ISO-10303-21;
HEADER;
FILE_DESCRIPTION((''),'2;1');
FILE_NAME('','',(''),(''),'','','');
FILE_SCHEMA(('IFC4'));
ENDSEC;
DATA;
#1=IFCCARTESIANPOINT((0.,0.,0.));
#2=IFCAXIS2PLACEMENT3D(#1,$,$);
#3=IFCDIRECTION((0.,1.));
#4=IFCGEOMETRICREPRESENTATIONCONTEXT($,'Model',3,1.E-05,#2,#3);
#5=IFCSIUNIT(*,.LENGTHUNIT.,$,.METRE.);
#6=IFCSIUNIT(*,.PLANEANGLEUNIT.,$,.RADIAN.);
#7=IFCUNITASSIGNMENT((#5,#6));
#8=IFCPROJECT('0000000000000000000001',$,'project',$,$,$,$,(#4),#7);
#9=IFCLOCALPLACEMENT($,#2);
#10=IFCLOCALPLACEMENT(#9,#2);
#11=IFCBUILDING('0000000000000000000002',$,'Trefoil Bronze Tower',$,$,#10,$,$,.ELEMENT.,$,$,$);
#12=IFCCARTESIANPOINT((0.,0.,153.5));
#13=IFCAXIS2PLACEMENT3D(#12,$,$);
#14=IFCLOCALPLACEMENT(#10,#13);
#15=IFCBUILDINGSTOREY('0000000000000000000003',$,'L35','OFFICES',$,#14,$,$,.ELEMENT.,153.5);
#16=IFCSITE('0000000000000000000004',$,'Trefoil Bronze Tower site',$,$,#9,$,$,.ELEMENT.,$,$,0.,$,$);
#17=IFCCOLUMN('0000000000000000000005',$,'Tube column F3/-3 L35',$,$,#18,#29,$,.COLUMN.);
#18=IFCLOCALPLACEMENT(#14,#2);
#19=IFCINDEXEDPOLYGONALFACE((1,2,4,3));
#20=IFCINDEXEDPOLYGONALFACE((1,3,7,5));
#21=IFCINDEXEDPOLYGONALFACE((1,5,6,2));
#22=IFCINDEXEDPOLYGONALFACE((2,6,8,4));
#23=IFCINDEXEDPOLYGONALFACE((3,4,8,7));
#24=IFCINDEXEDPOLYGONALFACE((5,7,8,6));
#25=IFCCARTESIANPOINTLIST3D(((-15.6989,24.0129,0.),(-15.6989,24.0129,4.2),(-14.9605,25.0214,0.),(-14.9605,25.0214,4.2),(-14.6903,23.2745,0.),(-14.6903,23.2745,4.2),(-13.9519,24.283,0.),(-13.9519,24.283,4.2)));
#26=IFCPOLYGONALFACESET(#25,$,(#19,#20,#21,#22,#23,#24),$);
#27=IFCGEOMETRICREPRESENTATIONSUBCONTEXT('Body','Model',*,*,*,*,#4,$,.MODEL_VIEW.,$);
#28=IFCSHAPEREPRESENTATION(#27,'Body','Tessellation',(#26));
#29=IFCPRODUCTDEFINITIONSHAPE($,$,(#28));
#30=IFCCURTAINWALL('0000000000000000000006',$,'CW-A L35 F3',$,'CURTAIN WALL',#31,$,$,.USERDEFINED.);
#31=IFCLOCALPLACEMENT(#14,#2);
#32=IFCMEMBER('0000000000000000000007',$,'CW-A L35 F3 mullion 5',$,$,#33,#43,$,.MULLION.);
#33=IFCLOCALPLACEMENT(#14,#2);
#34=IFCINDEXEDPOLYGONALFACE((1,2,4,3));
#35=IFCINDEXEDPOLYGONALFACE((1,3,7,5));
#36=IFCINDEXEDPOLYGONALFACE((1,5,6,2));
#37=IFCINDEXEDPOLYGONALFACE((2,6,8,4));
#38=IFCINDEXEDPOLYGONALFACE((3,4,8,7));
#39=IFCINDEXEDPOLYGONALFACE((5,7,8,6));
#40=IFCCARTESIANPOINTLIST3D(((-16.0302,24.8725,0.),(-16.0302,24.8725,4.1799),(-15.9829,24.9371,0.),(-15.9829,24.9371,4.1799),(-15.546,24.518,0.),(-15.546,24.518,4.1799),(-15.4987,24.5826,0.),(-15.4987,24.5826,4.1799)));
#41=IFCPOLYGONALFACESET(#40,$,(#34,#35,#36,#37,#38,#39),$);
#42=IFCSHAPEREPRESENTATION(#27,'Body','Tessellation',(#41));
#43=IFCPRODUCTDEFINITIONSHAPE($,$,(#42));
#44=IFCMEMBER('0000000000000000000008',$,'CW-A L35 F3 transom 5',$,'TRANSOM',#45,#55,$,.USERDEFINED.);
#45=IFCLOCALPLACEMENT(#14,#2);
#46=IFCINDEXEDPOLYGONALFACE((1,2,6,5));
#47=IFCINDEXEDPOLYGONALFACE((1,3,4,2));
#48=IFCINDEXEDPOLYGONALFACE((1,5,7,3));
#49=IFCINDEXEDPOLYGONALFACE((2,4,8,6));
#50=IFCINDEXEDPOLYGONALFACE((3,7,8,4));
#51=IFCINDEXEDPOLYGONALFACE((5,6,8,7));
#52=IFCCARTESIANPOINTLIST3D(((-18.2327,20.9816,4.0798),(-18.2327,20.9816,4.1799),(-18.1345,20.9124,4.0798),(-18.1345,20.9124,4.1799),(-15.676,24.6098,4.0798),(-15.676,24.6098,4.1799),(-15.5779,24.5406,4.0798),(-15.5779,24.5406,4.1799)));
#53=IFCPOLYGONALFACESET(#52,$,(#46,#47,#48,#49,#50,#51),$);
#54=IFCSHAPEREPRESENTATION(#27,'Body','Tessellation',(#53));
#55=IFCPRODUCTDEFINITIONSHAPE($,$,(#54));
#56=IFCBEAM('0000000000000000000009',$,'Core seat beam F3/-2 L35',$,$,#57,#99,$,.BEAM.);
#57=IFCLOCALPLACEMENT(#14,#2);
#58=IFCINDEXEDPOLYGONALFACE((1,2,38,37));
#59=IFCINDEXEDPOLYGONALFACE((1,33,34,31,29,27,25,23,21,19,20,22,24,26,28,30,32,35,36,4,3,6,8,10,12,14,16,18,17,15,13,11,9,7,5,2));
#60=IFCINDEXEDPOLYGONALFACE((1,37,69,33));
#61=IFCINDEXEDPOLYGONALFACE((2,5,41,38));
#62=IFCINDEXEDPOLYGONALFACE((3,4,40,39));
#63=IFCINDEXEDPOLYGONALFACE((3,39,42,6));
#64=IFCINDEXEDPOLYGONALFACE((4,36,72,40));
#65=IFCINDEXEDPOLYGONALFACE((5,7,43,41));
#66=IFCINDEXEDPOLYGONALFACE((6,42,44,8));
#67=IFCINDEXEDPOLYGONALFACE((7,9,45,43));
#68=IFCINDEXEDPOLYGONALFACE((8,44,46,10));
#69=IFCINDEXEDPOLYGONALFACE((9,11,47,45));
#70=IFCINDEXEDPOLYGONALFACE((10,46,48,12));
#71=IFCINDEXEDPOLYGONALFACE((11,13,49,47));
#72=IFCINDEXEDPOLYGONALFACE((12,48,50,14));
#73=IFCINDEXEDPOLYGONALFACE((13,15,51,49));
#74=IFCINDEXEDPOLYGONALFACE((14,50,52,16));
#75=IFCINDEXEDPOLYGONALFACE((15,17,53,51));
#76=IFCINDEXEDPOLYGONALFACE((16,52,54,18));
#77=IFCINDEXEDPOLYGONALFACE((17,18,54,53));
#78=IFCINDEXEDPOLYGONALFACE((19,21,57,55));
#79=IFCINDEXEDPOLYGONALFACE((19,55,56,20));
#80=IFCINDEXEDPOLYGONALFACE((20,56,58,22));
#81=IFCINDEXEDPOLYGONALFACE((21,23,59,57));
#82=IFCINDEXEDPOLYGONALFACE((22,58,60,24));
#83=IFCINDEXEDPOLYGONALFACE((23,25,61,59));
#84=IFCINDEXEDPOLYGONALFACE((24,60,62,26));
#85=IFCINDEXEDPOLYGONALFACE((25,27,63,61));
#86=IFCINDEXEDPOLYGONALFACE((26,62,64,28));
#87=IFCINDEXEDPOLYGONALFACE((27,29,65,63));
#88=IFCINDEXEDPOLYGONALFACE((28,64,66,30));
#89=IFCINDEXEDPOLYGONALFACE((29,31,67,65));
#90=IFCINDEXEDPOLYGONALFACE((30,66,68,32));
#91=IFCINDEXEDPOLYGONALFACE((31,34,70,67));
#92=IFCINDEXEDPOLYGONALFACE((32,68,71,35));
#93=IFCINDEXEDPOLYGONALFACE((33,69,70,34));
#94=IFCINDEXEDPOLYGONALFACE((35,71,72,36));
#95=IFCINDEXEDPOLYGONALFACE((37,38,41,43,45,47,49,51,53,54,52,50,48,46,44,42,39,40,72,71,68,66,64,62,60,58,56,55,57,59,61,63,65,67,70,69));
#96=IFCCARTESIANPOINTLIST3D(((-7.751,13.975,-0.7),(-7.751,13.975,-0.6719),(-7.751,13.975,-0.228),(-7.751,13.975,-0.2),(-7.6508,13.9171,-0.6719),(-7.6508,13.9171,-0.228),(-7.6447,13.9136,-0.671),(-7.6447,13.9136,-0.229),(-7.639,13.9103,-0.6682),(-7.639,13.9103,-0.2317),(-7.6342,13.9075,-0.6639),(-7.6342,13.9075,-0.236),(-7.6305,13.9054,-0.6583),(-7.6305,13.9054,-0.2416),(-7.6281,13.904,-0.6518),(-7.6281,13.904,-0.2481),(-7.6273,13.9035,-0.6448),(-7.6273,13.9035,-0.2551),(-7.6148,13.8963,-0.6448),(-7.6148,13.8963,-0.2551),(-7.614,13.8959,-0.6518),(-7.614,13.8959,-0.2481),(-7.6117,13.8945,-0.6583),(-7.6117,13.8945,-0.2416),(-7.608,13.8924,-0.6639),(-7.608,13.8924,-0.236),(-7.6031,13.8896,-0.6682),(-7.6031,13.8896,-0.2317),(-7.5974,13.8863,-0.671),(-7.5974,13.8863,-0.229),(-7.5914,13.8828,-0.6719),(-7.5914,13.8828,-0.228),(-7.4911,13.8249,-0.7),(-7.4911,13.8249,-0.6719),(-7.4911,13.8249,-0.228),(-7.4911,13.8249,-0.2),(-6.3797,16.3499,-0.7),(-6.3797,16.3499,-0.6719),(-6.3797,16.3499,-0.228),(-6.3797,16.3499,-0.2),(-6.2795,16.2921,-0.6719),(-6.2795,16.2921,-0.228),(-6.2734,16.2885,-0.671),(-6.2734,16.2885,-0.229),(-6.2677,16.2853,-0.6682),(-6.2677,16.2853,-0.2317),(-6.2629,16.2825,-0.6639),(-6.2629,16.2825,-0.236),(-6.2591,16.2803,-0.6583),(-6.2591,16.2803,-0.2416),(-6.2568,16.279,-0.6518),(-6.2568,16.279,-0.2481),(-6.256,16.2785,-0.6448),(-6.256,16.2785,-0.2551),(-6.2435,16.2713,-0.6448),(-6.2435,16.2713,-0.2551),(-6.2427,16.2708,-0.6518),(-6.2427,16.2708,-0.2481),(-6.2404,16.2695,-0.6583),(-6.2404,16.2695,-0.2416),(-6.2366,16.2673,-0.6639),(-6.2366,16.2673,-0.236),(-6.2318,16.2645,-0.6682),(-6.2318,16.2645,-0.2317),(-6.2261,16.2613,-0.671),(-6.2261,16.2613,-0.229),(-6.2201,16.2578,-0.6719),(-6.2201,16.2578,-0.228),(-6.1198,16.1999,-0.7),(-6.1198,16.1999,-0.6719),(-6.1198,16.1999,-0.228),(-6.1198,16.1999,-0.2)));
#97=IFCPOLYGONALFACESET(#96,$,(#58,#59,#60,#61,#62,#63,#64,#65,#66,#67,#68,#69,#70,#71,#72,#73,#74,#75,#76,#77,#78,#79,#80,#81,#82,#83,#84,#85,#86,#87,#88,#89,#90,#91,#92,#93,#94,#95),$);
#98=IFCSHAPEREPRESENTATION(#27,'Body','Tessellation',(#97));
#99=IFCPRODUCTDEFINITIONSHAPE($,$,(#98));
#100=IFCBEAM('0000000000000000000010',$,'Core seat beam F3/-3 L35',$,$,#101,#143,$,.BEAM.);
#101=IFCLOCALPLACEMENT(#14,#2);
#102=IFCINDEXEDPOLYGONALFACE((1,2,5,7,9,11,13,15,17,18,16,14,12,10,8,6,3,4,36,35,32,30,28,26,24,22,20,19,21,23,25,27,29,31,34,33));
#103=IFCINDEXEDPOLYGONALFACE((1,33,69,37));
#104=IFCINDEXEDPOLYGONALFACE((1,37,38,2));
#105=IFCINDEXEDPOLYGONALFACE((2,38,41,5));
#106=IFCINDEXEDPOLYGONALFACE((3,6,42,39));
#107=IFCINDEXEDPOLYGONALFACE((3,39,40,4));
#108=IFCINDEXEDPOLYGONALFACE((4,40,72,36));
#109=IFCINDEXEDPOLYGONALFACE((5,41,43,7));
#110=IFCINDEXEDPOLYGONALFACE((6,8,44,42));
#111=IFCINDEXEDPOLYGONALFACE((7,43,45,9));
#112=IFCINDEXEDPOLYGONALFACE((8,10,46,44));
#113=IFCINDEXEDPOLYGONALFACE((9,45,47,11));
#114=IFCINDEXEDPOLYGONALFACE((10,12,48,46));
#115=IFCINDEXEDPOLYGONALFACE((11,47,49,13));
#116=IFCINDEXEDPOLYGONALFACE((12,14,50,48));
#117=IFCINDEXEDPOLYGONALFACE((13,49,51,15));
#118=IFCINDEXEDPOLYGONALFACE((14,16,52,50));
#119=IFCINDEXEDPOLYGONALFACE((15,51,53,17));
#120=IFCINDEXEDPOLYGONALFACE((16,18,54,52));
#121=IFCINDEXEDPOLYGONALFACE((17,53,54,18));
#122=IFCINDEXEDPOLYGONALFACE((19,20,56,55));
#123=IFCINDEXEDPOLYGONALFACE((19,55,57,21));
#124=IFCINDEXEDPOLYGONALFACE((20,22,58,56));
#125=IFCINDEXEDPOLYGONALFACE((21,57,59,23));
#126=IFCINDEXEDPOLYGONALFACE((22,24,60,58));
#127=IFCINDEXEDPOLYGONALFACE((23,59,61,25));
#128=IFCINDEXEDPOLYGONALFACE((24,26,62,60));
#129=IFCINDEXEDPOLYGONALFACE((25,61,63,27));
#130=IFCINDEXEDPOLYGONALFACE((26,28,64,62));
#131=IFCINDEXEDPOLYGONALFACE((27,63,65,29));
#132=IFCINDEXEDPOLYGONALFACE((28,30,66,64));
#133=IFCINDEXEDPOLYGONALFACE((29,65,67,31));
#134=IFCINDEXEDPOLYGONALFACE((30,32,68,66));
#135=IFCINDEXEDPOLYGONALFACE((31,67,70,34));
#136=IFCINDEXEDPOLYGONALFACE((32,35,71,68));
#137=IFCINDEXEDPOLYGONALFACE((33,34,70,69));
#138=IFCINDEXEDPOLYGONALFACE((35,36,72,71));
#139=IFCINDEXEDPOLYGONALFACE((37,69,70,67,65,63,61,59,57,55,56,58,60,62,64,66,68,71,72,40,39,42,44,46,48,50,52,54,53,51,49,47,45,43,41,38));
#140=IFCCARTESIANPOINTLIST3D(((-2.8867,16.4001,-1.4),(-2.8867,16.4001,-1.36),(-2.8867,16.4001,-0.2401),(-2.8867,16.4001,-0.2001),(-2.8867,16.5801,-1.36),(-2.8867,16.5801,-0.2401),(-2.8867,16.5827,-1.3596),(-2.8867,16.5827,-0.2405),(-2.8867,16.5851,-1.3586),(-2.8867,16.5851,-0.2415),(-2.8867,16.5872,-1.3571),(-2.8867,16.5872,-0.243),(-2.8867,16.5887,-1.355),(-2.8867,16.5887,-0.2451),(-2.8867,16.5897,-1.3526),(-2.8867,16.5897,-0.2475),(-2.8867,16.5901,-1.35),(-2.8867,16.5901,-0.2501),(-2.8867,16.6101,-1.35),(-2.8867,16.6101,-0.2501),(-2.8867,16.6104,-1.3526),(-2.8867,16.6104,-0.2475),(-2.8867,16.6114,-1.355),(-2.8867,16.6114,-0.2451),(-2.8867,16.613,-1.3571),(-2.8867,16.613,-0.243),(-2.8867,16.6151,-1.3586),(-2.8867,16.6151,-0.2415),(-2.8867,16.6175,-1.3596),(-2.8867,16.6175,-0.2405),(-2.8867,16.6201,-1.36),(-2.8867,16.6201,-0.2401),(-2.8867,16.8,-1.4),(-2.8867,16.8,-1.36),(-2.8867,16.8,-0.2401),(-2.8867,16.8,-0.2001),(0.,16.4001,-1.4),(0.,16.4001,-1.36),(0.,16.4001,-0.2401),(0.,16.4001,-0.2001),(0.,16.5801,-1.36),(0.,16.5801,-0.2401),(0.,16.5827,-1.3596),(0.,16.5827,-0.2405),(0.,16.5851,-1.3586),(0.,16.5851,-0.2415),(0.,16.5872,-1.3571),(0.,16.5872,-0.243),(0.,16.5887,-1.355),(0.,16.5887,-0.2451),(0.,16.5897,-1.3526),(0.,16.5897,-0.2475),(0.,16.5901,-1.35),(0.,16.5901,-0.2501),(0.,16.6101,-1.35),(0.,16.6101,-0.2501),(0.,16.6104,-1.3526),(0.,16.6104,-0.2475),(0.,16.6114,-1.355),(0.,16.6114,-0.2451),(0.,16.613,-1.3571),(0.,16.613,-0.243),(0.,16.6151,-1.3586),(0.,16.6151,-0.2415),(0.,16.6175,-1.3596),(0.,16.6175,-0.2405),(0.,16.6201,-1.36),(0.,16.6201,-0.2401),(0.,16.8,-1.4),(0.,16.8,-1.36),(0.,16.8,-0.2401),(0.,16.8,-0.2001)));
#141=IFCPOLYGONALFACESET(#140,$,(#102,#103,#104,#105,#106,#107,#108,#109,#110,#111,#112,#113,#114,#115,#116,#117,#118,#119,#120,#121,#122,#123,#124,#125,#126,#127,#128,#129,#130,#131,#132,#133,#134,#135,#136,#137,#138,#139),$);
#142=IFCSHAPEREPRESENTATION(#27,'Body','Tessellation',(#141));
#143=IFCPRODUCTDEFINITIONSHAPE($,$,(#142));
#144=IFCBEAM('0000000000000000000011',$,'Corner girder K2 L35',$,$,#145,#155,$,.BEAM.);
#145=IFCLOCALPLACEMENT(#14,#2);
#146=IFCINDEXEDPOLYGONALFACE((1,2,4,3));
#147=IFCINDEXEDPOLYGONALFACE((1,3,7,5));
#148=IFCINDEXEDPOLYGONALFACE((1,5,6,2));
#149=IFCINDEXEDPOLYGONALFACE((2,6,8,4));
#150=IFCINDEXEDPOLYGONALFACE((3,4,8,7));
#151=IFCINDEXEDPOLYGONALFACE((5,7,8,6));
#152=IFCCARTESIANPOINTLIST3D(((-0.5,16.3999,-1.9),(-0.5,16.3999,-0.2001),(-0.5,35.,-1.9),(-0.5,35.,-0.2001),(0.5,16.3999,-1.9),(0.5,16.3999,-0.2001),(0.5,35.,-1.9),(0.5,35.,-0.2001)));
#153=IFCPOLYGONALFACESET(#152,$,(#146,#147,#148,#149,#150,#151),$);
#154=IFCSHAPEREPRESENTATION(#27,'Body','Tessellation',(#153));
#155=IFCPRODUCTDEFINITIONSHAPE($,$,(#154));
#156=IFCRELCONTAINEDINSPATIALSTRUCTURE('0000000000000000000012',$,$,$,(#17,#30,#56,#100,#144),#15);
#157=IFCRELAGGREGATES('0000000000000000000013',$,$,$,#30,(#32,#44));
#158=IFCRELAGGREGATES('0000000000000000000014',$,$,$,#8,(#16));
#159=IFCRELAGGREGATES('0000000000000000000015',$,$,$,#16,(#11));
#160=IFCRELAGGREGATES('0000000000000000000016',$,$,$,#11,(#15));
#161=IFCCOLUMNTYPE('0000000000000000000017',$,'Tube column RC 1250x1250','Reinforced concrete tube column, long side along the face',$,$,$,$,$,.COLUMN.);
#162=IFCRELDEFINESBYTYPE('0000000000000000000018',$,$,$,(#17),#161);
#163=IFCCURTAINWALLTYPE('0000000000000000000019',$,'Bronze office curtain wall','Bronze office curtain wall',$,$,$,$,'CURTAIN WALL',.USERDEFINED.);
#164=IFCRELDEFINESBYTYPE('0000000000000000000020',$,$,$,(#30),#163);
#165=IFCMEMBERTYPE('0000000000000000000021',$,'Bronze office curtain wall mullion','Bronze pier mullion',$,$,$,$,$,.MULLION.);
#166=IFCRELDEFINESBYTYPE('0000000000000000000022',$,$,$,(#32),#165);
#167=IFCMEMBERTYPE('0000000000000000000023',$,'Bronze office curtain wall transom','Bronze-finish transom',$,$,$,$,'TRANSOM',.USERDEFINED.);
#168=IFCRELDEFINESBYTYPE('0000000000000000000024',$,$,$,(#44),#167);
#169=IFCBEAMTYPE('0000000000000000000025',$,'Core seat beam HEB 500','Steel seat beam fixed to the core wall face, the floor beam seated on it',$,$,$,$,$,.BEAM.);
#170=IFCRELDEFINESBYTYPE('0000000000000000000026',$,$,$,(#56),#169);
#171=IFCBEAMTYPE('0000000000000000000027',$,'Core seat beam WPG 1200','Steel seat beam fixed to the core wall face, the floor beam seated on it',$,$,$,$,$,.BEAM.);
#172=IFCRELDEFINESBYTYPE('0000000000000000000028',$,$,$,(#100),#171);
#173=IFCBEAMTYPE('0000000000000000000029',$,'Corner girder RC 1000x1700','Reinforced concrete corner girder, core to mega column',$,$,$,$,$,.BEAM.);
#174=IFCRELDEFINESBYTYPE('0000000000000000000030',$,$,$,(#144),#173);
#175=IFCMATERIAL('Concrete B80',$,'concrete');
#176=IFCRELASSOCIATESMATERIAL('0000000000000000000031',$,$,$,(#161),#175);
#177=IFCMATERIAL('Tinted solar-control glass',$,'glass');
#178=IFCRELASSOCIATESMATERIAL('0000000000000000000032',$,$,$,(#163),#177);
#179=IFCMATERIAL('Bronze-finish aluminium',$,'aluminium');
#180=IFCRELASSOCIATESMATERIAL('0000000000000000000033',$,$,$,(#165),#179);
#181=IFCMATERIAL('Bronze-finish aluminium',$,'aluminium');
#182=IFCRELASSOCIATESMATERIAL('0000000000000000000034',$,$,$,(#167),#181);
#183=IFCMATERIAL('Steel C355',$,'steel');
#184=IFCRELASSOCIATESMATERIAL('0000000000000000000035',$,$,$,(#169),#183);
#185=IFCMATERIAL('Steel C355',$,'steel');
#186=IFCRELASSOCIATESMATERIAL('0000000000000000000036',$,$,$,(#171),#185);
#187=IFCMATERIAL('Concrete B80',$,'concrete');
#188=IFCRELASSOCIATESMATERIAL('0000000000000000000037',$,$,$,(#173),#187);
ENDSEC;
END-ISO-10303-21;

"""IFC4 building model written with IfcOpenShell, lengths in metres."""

from ifc_helpers import new_model, si_unit, direction, frame, origin, origin_2d, place, context, subcontext, project, spatial, rectangle, i_section, extrude, material, material_profile, profile_set, type_object, element, aggregate, save


model = new_model("IFC4")

# Units and contexts
model_context = context("Model", 3, precision=1e-05, world=origin(), true_north=direction((0.0, 1.0)))
body_context = subcontext(model_context, "Body", "Model", "MODEL_VIEW")
ifc_project = project(units=[si_unit("LENGTHUNIT", "METRE"), si_unit("PLANEANGLEUNIT", "RADIAN")], contexts=[model_context])

# Site, building, storey
site_placement = place(None, origin())
site = spatial("IfcSite", under=ifc_project, at=site_placement, Name="Trefoil Bronze Tower site", CompositionType="ELEMENT", RefElevation=0.0)
building_placement = place(site_placement, origin())
building = spatial("IfcBuilding", under=site, at=building_placement, Name="Trefoil Bronze Tower", CompositionType="ELEMENT")
storey_placement = place(building_placement, frame((0.0, 0.0, 153.5)))
storey = spatial("IfcBuildingStorey", under=building, at=storey_placement, Name="L35", Description="OFFICES", CompositionType="ELEMENT", Elevation=153.5)

# Column
ifc_material_1 = material(Name="Concrete B80", Category="concrete")
ifc_material_profile_1 = material_profile(ifc_material_1, rectangle(XDim=1.25, YDim=1.25, at=origin_2d()), Name="RC 1250x1250")
ifc_profile_set_1 = profile_set([ifc_material_profile_1], Name="Concrete B80")
column_type = type_object("IfcColumnType", Name="Tube column RC 1250x1250", Description="Reinforced concrete tube column, long side along the face", PredefinedType="COLUMN", material=ifc_profile_set_1)
column_placement = place(storey_placement, frame((-14.8254, 24.1479, 0.0), z_axis=(0.0, 0.0, 1.0), x_axis=(-0.590723, -0.806875, 0.0)))
element("IfcColumn", 1, at=column_placement, inside=storey, type_object=column_type, Name="Tube column F3/-3 L35", PredefinedType="COLUMN", context=body_context, shape_type="SweptSolid", body=[
    extrude(rectangle(XDim=1.25, YDim=1.25, at=origin_2d()), origin(), (0.0, 0.0, 1.0), 4.2),
])

# Curtain wall, members
ifc_material_2 = material(Name="Tinted solar-control glass", Category="glass")
curtain_wall_type = type_object("IfcCurtainWallType", Name="Bronze office curtain wall", Description="Bronze office curtain wall", ElementType="CURTAIN WALL", PredefinedType="USERDEFINED", material=ifc_material_2)
curtain_wall_placement = place(storey_placement, origin())
curtain_wall = element("IfcCurtainWall", 2, at=curtain_wall_placement, inside=storey, type_object=curtain_wall_type, Name="CW-A L35 F3", ObjectType="CURTAIN WALL", PredefinedType="USERDEFINED")
ifc_material_3 = material(Name="Bronze-finish aluminium", Category="aluminium")
ifc_material_profile_2 = material_profile(ifc_material_3, rectangle(XDim=0.6001, YDim=0.0801, at=origin_2d()), Name="CW-A mullion")
ifc_profile_set_2 = profile_set([ifc_material_profile_2], Name="Bronze-finish aluminium")
member_type_1 = type_object("IfcMemberType", Name="Bronze office curtain wall mullion", Description="Bronze pier mullion", PredefinedType="MULLION", material=ifc_profile_set_2)
member_1_placement = place(storey_placement, frame((-15.7644, 24.7275, 0.0), z_axis=(0.0, 0.0, 1.0), x_axis=(0.806875, -0.590723, 0.0)))
member_1 = element("IfcMember", 3, at=member_1_placement, type_object=member_type_1, Name="CW-A L35 F3 mullion 5", PredefinedType="MULLION", context=body_context, shape_type="SweptSolid", body=[
    extrude(rectangle(XDim=0.6001, YDim=0.0801, at=origin_2d()), origin(), (0.0, 0.0, 1.0), 4.1799),
])
ifc_material_4 = material(Name="Bronze-finish aluminium", Category="aluminium")
ifc_material_profile_3 = material_profile(ifc_material_4, rectangle(XDim=0.1201, YDim=0.1001, at=origin_2d()), Name="CW-A transom")
ifc_profile_set_3 = profile_set([ifc_material_profile_3], Name="Bronze-finish aluminium")
member_type_2 = type_object("IfcMemberType", Name="Bronze office curtain wall transom", Description="Bronze-finish transom", ElementType="TRANSOM", PredefinedType="USERDEFINED", material=ifc_profile_set_3)
member_2_placement = place(storey_placement, frame((-15.627, 24.5752, 4.1299), z_axis=(-0.576018, -0.817437, 0.0), x_axis=(0.817437, -0.576018, 0.0)))
member_2 = element("IfcMember", 4, at=member_2_placement, type_object=member_type_2, Name="CW-A L35 F3 transom 5", ObjectType="TRANSOM", PredefinedType="USERDEFINED", context=body_context, shape_type="SweptSolid", body=[
    extrude(rectangle(XDim=0.1201, YDim=0.1001, at=origin_2d()), origin(), (0.0, 0.0, 1.0), 4.4385),
])

# Beams
ifc_material_5 = material(Name="Steel C355", Category="steel")
ifc_material_profile_4 = material_profile(ifc_material_5, i_section(OverallWidth=0.3, OverallDepth=0.5, WebThickness=0.0144, FlangeThickness=0.0281, FilletRadius=0.0271, at=origin_2d()), Name="HEB 500")
ifc_profile_set_4 = profile_set([ifc_material_profile_4], Name="Steel C355")
beam_type_1 = type_object("IfcBeamType", Name="Core seat beam HEB 500", Description="Steel seat beam fixed to the core wall face, the floor beam seated on it", PredefinedType="BEAM", material=ifc_profile_set_4)
beam_1_placement = place(storey_placement, frame((-6.2498, 16.2749, -0.45), z_axis=(-0.500036, -0.866005, 0.0), x_axis=(0.866005, -0.500036, 0.0)))
element("IfcBeam", 5, at=beam_1_placement, inside=storey, type_object=beam_type_1, Name="Core seat beam F3/-2 L35", PredefinedType="BEAM", context=body_context, shape_type="SweptSolid", body=[
    extrude(i_section(OverallWidth=0.3, OverallDepth=0.5, WebThickness=0.0144, FlangeThickness=0.0281, FilletRadius=0.0271, at=origin_2d()), origin(), (0.0, 0.0, 1.0), 2.7424),
])
ifc_material_6 = material(Name="Steel C355", Category="steel")
ifc_material_profile_5 = material_profile(ifc_material_6, i_section(OverallWidth=0.3999, OverallDepth=1.2, WebThickness=0.02, FlangeThickness=0.04, FilletRadius=0.01, at=origin_2d()), Name="WPG 1200")
ifc_profile_set_5 = profile_set([ifc_material_profile_5], Name="Steel C355")
beam_type_2 = type_object("IfcBeamType", Name="Core seat beam WPG 1200", Description="Steel seat beam fixed to the core wall face, the floor beam seated on it", PredefinedType="BEAM", material=ifc_profile_set_5)
beam_2_placement = place(storey_placement, frame((0.0, 16.6001, -0.8), z_axis=(-1.0, 0.0, 0.0), x_axis=(0.0, -1.0, 0.0)))
element("IfcBeam", 6, at=beam_2_placement, inside=storey, type_object=beam_type_2, Name="Core seat beam F3/-3 L35", PredefinedType="BEAM", context=body_context, shape_type="SweptSolid", body=[
    extrude(i_section(OverallWidth=0.3999, OverallDepth=1.2, WebThickness=0.02, FlangeThickness=0.04, FilletRadius=0.01, at=origin_2d()), origin(), (0.0, 0.0, 1.0), 2.8867),
])
ifc_material_7 = material(Name="Concrete B80", Category="concrete")
ifc_material_profile_6 = material_profile(ifc_material_7, rectangle(XDim=1.0, YDim=1.7, at=origin_2d()), Name="RC 1000x1700")
ifc_profile_set_6 = profile_set([ifc_material_profile_6], Name="Concrete B80")
beam_type_3 = type_object("IfcBeamType", Name="Corner girder RC 1000x1700", Description="Reinforced concrete corner girder, core to mega column", PredefinedType="BEAM", material=ifc_profile_set_6)
beam_3_placement = place(storey_placement, frame((0.0, 16.3999, -1.05), z_axis=(0.0, 1.0, 0.0), x_axis=(-1.0, 0.0, 0.0)))
element("IfcBeam", 7, at=beam_3_placement, inside=storey, type_object=beam_type_3, Name="Corner girder K2 L35", PredefinedType="BEAM", context=body_context, shape_type="SweptSolid", body=[
    extrude(rectangle(XDim=1.0, YDim=1.7, at=origin_2d()), origin(), (0.0, 0.0, 1.0), 18.6001),
])

aggregate(curtain_wall, [member_1, member_2])

save(model, "model.ifc")
